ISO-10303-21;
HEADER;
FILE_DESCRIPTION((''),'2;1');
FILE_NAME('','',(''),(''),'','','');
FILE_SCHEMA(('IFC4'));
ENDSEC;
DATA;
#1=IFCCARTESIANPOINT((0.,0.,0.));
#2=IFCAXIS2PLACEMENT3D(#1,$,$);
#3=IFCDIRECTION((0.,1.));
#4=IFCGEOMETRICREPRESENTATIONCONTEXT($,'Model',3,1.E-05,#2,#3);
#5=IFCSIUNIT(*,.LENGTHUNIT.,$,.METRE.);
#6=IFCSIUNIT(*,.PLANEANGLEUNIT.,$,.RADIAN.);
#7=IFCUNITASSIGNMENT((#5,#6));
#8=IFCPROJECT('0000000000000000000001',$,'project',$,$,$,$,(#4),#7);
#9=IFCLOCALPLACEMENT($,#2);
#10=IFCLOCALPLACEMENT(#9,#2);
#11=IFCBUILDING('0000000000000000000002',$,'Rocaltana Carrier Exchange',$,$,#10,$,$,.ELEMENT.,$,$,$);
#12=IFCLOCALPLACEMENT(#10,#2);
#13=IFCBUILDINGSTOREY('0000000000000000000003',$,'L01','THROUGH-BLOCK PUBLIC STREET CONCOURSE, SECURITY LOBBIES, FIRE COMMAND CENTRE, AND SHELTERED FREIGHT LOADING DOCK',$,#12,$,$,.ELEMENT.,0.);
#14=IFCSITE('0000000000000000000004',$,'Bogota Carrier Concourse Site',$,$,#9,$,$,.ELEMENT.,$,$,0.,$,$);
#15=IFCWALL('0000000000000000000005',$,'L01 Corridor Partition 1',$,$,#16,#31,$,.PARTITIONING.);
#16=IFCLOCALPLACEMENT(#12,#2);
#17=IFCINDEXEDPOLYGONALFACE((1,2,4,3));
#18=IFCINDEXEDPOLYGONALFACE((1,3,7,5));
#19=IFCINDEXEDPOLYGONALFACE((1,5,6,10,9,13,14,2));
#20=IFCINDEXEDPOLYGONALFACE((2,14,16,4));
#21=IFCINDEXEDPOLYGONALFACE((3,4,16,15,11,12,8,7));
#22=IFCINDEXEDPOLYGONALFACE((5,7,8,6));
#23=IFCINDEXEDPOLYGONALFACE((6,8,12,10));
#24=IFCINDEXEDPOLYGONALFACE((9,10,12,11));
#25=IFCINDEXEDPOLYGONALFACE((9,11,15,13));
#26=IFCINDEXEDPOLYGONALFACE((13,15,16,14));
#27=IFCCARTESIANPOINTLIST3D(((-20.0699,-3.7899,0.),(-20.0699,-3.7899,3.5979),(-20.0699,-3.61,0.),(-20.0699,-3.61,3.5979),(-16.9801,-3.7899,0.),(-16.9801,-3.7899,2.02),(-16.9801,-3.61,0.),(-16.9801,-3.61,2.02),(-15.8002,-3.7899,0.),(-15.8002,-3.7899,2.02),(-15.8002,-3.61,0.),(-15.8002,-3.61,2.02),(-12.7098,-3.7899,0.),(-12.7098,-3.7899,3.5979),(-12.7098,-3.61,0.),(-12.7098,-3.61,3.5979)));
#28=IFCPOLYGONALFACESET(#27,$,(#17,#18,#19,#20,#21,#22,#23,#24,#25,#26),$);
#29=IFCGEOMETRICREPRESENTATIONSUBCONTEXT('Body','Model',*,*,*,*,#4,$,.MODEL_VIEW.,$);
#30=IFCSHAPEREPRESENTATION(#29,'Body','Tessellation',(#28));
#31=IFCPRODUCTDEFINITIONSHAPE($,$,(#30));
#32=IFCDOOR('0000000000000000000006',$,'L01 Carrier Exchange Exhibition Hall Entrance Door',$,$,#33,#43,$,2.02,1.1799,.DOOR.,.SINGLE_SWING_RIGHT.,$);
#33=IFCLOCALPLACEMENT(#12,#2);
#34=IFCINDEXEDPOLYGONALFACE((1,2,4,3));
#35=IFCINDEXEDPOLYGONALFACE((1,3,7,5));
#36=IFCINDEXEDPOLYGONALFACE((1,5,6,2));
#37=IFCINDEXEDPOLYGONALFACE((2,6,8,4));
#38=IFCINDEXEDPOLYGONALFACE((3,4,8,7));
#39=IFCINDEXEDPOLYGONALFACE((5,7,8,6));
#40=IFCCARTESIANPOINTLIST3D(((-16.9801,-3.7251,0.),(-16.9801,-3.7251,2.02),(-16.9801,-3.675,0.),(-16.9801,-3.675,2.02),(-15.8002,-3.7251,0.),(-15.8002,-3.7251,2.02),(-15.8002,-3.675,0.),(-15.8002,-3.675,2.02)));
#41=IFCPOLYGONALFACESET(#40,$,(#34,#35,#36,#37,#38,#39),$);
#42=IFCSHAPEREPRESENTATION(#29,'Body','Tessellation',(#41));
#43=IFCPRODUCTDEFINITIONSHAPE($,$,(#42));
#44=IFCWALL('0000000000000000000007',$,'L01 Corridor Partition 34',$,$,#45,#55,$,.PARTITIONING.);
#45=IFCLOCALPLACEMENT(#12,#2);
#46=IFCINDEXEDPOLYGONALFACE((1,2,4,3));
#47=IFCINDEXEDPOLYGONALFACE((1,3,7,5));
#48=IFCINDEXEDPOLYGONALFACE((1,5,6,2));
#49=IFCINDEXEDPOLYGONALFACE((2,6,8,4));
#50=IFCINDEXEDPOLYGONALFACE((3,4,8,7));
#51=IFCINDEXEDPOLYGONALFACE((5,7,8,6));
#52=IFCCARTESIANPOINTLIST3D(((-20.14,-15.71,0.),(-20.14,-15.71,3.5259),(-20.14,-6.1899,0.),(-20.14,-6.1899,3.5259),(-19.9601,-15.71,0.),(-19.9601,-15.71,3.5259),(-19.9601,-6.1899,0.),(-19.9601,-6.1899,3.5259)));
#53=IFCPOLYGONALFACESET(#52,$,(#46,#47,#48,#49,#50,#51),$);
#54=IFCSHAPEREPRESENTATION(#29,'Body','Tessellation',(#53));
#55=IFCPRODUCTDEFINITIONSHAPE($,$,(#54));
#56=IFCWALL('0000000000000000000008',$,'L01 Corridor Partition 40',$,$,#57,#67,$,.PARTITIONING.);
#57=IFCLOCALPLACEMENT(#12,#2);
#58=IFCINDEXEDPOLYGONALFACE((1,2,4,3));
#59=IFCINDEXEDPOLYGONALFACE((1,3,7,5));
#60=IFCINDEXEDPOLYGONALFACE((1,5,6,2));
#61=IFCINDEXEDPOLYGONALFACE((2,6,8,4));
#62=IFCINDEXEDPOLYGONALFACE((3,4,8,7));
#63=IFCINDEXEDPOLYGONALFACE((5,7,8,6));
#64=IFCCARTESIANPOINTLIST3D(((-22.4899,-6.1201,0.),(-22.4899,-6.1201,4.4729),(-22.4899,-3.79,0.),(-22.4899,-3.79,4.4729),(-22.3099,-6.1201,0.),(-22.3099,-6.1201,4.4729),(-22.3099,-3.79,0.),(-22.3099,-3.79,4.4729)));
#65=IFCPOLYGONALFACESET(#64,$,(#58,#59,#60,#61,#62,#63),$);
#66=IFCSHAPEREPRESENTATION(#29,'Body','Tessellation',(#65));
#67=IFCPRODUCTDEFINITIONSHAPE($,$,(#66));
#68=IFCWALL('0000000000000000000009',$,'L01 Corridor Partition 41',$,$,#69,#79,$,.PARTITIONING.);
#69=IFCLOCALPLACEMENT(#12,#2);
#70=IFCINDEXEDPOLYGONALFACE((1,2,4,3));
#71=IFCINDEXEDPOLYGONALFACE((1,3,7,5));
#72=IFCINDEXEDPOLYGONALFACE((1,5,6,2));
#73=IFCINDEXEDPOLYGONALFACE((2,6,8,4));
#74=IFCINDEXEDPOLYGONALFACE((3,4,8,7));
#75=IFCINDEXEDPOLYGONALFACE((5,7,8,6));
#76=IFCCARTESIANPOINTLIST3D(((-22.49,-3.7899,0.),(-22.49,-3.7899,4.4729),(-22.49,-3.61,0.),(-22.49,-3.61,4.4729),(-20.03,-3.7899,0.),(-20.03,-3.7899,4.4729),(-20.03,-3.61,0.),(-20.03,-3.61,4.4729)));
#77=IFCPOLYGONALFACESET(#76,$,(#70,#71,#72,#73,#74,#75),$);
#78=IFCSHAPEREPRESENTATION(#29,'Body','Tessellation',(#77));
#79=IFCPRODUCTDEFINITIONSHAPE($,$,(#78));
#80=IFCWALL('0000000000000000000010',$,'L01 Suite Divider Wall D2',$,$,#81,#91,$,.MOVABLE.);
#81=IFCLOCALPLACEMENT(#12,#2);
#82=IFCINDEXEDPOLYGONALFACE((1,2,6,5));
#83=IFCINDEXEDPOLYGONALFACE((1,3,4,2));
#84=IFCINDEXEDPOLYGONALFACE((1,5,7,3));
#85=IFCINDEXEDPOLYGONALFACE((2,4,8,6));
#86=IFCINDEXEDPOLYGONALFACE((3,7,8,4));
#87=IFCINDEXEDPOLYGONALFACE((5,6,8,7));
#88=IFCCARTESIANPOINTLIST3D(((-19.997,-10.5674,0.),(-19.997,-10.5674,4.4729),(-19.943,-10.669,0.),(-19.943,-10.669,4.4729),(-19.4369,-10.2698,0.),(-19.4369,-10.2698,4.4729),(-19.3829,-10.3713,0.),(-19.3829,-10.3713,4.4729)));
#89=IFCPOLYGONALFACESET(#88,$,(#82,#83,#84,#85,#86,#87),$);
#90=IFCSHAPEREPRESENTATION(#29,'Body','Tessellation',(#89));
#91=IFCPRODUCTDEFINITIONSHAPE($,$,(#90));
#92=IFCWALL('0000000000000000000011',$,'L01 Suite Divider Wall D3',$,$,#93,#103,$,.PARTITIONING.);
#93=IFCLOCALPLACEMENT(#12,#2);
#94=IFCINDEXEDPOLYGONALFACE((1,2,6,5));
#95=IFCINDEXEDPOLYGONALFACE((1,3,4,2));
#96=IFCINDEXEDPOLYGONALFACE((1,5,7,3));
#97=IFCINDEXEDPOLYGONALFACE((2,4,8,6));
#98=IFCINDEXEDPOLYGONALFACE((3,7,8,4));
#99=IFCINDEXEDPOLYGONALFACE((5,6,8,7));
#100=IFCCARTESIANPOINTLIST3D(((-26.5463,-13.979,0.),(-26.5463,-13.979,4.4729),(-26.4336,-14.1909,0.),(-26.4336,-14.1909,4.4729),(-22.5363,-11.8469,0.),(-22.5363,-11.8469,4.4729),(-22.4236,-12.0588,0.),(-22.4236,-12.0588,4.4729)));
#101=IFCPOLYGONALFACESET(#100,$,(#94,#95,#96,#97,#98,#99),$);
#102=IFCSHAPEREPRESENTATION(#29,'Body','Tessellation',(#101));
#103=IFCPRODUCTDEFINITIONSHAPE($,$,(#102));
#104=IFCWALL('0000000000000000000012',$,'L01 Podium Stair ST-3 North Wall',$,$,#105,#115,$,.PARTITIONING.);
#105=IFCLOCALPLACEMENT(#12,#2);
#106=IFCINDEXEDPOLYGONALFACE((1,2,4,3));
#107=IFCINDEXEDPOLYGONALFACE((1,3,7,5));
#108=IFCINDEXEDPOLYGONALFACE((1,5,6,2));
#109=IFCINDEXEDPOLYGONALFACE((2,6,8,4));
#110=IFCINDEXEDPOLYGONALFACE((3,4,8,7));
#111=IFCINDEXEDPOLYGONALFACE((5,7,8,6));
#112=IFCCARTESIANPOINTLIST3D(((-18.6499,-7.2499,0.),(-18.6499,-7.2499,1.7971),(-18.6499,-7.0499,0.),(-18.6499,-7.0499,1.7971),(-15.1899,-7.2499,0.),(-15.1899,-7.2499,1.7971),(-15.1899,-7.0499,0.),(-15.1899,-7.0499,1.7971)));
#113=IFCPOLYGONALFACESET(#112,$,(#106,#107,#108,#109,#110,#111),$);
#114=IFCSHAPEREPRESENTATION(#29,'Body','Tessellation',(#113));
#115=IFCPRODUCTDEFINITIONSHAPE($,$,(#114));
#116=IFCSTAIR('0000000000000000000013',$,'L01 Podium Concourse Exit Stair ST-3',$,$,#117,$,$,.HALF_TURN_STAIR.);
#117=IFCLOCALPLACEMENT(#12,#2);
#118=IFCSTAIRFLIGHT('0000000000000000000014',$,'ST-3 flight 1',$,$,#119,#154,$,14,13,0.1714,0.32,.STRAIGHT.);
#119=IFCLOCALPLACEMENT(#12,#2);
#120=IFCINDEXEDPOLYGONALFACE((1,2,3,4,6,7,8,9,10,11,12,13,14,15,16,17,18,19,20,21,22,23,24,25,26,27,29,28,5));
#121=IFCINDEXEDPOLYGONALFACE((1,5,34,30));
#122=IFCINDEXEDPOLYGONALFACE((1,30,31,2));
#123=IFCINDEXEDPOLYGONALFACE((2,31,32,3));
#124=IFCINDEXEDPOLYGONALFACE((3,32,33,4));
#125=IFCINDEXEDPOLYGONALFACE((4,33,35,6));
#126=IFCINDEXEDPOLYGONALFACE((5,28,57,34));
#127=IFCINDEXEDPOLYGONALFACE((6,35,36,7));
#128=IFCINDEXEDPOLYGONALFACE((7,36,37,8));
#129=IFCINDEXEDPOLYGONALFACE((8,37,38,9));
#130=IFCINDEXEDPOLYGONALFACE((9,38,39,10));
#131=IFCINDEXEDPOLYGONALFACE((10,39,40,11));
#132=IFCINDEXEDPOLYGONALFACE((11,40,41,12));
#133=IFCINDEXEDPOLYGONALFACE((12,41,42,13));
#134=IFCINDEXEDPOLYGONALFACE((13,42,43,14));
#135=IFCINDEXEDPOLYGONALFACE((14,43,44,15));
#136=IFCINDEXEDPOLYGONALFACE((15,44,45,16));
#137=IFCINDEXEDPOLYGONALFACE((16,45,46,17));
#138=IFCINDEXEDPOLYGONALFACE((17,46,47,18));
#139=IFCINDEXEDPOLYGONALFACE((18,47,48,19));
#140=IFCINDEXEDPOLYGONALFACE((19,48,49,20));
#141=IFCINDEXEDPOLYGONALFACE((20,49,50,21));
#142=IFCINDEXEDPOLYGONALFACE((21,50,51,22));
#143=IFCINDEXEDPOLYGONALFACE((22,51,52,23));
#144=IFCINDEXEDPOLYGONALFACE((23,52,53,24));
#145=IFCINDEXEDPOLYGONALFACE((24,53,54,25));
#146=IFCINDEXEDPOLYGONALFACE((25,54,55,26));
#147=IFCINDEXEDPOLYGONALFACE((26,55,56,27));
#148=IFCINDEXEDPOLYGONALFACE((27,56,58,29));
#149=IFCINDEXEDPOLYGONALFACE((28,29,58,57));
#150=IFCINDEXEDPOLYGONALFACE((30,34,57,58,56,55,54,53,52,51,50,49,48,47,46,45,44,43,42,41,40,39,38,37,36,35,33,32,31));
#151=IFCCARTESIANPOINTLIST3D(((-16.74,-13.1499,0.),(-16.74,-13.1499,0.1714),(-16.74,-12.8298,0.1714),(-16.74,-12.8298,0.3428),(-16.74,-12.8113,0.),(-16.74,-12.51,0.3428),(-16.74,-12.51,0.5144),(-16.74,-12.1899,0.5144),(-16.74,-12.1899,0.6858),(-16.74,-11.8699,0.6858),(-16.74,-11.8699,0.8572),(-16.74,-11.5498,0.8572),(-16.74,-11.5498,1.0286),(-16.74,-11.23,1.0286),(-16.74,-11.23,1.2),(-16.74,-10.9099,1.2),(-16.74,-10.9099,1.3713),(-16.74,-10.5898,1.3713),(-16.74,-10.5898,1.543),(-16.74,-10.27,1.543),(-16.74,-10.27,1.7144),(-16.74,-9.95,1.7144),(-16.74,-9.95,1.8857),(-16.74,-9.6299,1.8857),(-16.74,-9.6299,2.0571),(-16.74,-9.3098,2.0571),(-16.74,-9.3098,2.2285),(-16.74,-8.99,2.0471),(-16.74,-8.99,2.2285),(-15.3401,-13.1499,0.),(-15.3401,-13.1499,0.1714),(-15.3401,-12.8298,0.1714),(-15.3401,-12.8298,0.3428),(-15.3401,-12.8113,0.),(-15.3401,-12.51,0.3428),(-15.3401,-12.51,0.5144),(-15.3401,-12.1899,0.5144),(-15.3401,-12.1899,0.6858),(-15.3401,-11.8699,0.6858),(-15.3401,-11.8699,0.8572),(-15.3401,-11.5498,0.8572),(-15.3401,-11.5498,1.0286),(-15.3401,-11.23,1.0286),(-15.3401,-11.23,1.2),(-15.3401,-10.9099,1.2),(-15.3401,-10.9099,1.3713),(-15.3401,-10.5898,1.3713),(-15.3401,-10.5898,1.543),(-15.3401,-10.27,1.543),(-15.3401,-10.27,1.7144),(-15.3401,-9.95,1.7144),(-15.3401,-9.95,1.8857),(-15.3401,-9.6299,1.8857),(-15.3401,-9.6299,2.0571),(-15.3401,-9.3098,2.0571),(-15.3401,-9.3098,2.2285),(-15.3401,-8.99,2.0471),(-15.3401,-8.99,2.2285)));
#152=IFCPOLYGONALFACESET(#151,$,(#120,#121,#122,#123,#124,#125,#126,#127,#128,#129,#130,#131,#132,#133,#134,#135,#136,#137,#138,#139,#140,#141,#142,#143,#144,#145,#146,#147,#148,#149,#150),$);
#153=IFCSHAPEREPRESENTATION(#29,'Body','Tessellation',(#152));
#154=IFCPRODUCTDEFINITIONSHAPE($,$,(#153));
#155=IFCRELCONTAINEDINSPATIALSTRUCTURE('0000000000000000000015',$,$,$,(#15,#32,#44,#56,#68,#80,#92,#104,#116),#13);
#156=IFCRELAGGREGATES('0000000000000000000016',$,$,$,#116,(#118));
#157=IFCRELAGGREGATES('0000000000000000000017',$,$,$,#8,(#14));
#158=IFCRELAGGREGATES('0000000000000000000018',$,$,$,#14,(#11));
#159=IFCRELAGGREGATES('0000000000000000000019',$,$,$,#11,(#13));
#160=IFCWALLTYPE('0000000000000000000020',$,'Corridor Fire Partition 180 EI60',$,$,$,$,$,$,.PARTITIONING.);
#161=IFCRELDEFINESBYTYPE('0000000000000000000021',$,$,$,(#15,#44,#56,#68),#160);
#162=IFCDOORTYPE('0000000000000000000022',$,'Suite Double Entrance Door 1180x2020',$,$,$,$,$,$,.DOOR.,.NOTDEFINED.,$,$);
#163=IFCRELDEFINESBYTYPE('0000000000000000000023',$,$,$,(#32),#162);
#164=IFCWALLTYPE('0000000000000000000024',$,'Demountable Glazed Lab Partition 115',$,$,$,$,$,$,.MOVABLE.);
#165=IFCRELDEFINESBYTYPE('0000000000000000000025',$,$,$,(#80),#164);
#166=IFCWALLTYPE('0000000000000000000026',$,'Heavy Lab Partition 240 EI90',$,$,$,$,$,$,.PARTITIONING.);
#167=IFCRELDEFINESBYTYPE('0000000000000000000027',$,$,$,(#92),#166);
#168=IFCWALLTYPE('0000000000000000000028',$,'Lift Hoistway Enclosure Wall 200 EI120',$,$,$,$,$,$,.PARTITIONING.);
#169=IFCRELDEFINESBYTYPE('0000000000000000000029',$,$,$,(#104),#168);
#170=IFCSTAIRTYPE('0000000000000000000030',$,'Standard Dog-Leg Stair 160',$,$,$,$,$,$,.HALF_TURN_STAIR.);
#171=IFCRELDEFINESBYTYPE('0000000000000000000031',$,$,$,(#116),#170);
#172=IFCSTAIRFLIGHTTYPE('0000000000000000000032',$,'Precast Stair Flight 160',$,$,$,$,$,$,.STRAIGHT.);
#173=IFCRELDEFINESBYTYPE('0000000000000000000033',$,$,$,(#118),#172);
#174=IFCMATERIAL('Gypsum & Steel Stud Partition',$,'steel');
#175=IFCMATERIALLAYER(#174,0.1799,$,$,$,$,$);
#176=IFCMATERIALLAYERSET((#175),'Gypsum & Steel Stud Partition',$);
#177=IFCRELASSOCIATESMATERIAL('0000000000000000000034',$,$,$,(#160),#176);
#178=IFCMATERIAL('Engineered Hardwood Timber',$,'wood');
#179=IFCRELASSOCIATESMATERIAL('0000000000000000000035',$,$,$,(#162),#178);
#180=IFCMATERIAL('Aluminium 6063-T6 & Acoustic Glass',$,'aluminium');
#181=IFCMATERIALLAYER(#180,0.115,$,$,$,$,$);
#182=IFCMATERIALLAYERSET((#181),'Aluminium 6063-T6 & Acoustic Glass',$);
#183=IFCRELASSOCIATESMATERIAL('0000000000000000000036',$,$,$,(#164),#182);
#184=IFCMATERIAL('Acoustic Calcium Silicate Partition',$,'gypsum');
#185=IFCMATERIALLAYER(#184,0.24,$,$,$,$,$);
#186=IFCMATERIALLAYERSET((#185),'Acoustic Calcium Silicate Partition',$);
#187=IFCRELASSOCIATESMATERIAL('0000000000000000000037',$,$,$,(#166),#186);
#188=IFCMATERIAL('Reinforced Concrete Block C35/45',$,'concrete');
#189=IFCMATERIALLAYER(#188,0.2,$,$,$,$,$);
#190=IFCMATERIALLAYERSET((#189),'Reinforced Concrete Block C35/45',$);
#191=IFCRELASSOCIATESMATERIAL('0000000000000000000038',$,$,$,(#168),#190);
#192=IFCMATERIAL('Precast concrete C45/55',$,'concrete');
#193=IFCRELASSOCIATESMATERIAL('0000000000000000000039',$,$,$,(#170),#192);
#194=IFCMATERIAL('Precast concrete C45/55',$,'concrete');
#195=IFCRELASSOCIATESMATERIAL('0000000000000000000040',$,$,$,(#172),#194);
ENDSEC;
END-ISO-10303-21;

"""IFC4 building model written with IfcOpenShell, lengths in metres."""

from ifc_helpers import new_model, si_unit, direction, frame, frame_2d, origin, place, context, subcontext, project, spatial, polyline, rectangle, outline, extrude, material, layer, layer_set, type_object, element, fill, aggregate, save


model = new_model("IFC4")

# Units and contexts
model_context = context("Model", 3, precision=1e-05, world=origin(), true_north=direction((0.0, 1.0)))
body_context = subcontext(model_context, "Body", "Model", "MODEL_VIEW")
ifc_project = project(units=[si_unit("LENGTHUNIT", "METRE"), si_unit("PLANEANGLEUNIT", "RADIAN")], contexts=[model_context])

# Site, building, storey
site_placement = place(None, origin())
site = spatial("IfcSite", under=ifc_project, at=site_placement, Name="Bogota Carrier Concourse Site", CompositionType="ELEMENT", RefElevation=0.0)
building_placement = place(site_placement, origin())
building = spatial("IfcBuilding", under=site, at=building_placement, Name="Rocaltana Carrier Exchange", CompositionType="ELEMENT")
storey_placement = place(building_placement, origin())
storey = spatial("IfcBuildingStorey", under=building, at=storey_placement, Name="L01", Description="THROUGH-BLOCK PUBLIC STREET CONCOURSE, SECURITY LOBBIES, FIRE COMMAND CENTRE, AND SHELTERED FREIGHT LOADING DOCK", CompositionType="ELEMENT", Elevation=0.0)

# Wall, opening, door
ifc_material_1 = material(Name="Gypsum & Steel Stud Partition", Category="steel")
ifc_layer_1 = layer(ifc_material_1, 0.1799)
ifc_layer_set_1 = layer_set([ifc_layer_1], Name="Gypsum & Steel Stud Partition")
wall_type_1 = type_object("IfcWallType", Name="Corridor Fire Partition 180 EI60", PredefinedType="PARTITIONING", material=ifc_layer_set_1)
wall_1_placement = place(storey_placement, frame((-20.0701, -3.7, 0.0), z_axis=(0.0, 0.0, 1.0), x_axis=(1.0, 0.0, 0.0)))
wall_1 = element("IfcWall", 1, at=wall_1_placement, inside=storey, type_object=wall_type_1, Name="L01 Corridor Partition 1", PredefinedType="PARTITIONING", context=body_context, shape_type="SweptSolid", body=[
    extrude(rectangle(XDim=7.3601, YDim=0.1799, at=frame_2d((3.6802, 0.0))), origin(), (0.0, 0.0, 1.0), 3.5979),
])
opening_placement = place(wall_1_placement, frame((3.0901, 0.0, 0.0)))
opening = element("IfcOpeningElement", 2, at=opening_placement, cuts=wall_1, PredefinedType="OPENING", context=body_context, shape_type="SweptSolid", body=[
    extrude(rectangle(XDim=1.1799, YDim=2.02, at=frame_2d((0.5898, 1.01))), frame((0.0, 0.0999, 0.0), z_axis=(0.0, -1.0, 0.0), x_axis=(1.0, 0.0, 0.0)), (0.0, 0.0, 1.0), 0.2),
])
ifc_material_2 = material(Name="Engineered Hardwood Timber", Category="wood")
door_type = type_object("IfcDoorType", Name="Suite Double Entrance Door 1180x2020", OperationType="NOTDEFINED", PredefinedType="DOOR", material=ifc_material_2)
door_placement = place(opening_placement, origin())
door = element("IfcDoor", 3, at=door_placement, inside=storey, type_object=door_type, Name="L01 Carrier Exchange Exhibition Hall Entrance Door", OperationType="SINGLE_SWING_RIGHT", OverallHeight=2.02, OverallWidth=1.1799, PredefinedType="DOOR", context=body_context, shape_type="SweptSolid", body=[
    extrude(rectangle(XDim=1.1799, YDim=2.02, at=frame_2d((0.5898, 1.01))), frame((0.0, 0.0249, 0.0), z_axis=(0.0, -1.0, 0.0), x_axis=(1.0, 0.0, 0.0)), (0.0, 0.0, 1.0), 0.05),
])
fill(opening, door)

# Walls
wall_2_placement = place(storey_placement, frame((-20.05, -6.1899, 0.0), z_axis=(0.0, 0.0, 1.0), x_axis=(0.0, -1.0, 0.0)))
element("IfcWall", 4, at=wall_2_placement, inside=storey, type_object=wall_type_1, Name="L01 Corridor Partition 34", PredefinedType="PARTITIONING", context=body_context, shape_type="SweptSolid", body=[
    extrude(rectangle(XDim=9.52, YDim=0.1799, at=frame_2d((4.76, 0.0))), origin(), (0.0, 0.0, 1.0), 3.5259),
])
wall_3_placement = place(storey_placement, frame((-22.3999, -6.1201, 0.0), z_axis=(0.0, 0.0, 1.0), x_axis=(0.0, 1.0, 0.0)))
element("IfcWall", 5, at=wall_3_placement, inside=storey, type_object=wall_type_1, Name="L01 Corridor Partition 40", PredefinedType="PARTITIONING", context=body_context, shape_type="SweptSolid", body=[
    extrude(rectangle(XDim=2.3301, YDim=0.1799, at=frame_2d((1.165, 0.0))), origin(), (0.0, 0.0, 1.0), 4.4729),
])
wall_4_placement = place(storey_placement, frame((-22.49, -3.7, 0.0), z_axis=(0.0, 0.0, 1.0), x_axis=(1.0, 0.0, 0.0)))
element("IfcWall", 6, at=wall_4_placement, inside=storey, type_object=wall_type_1, Name="L01 Corridor Partition 41", PredefinedType="PARTITIONING", context=body_context, shape_type="SweptSolid", body=[
    extrude(rectangle(XDim=2.46, YDim=0.1799, at=frame_2d((1.23, 0.0))), origin(), (0.0, 0.0, 1.0), 4.4729),
])
ifc_material_3 = material(Name="Aluminium 6063-T6 & Acoustic Glass", Category="aluminium")
ifc_layer_2 = layer(ifc_material_3, 0.115)
ifc_layer_set_2 = layer_set([ifc_layer_2], Name="Aluminium 6063-T6 & Acoustic Glass")
wall_type_2 = type_object("IfcWallType", Name="Demountable Glazed Lab Partition 115", PredefinedType="MOVABLE", material=ifc_layer_set_2)
wall_5_placement = place(storey_placement, frame((-19.4099, -10.3206, 0.0), z_axis=(0.0, 0.0, 1.0), x_axis=(-0.883066, -0.469249, 0.0)))
element("IfcWall", 7, at=wall_5_placement, inside=storey, type_object=wall_type_2, Name="L01 Suite Divider Wall D2", PredefinedType="MOVABLE", context=body_context, shape_type="SweptSolid", body=[
    extrude(rectangle(XDim=0.6343, YDim=0.115, at=frame_2d((0.3171, 0.0))), origin(), (0.0, 0.0, 1.0), 4.4729),
])
ifc_material_4 = material(Name="Acoustic Calcium Silicate Partition", Category="gypsum")
ifc_layer_3 = layer(ifc_material_4, 0.24)
ifc_layer_set_3 = layer_set([ifc_layer_3], Name="Acoustic Calcium Silicate Partition")
wall_type_3 = type_object("IfcWallType", Name="Heavy Lab Partition 240 EI90", PredefinedType="PARTITIONING", material=ifc_layer_set_3)
wall_6_placement = place(storey_placement, frame((-22.48, -11.9529, 0.0), z_axis=(0.0, 0.0, 1.0), x_axis=(-0.882955, -0.469458, 0.0)))
element("IfcWall", 8, at=wall_6_placement, inside=storey, type_object=wall_type_3, Name="L01 Suite Divider Wall D3", PredefinedType="PARTITIONING", context=body_context, shape_type="SweptSolid", body=[
    extrude(rectangle(XDim=4.5415, YDim=0.24, at=frame_2d((2.2708, 0.0))), origin(), (0.0, 0.0, 1.0), 4.4729),
])
ifc_material_5 = material(Name="Reinforced Concrete Block C35/45", Category="concrete")
ifc_layer_4 = layer(ifc_material_5, 0.2)
ifc_layer_set_4 = layer_set([ifc_layer_4], Name="Reinforced Concrete Block C35/45")
wall_type_4 = type_object("IfcWallType", Name="Lift Hoistway Enclosure Wall 200 EI120", PredefinedType="PARTITIONING", material=ifc_layer_set_4)
wall_7_placement = place(storey_placement, frame((-18.6499, -7.1499, 0.0), z_axis=(0.0, 0.0, 1.0), x_axis=(1.0, 0.0, 0.0)))
element("IfcWall", 9, at=wall_7_placement, inside=storey, type_object=wall_type_4, Name="L01 Podium Stair ST-3 North Wall", PredefinedType="PARTITIONING", context=body_context, shape_type="SweptSolid", body=[
    extrude(rectangle(XDim=3.46, YDim=0.2, at=frame_2d((1.73, 0.0))), origin(), (0.0, 0.0, 1.0), 1.7971),
])

# Stair, stair flight
ifc_material_6 = material(Name="Precast concrete C45/55", Category="concrete")
stair_type = type_object("IfcStairType", Name="Standard Dog-Leg Stair 160", PredefinedType="HALF_TURN_STAIR", material=ifc_material_6)
stair_placement = place(storey_placement, origin())
stair = element("IfcStair", 10, at=stair_placement, inside=storey, type_object=stair_type, Name="L01 Podium Concourse Exit Stair ST-3", PredefinedType="HALF_TURN_STAIR")
ifc_material_7 = material(Name="Precast concrete C45/55", Category="concrete")
stair_flight_type = type_object("IfcStairFlightType", Name="Precast Stair Flight 160", PredefinedType="STRAIGHT", material=ifc_material_7)
stair_flight_1_placement = place(storey_placement, frame((-16.04, -13.1499, 0.0), z_axis=(0.0, 0.0, 1.0), x_axis=(0.0, 1.0, 0.0)))
stair_flight_1 = element("IfcStairFlight", 11, at=stair_flight_1_placement, type_object=stair_flight_type, Name="ST-3 flight 1", NumberOfRisers=14, NumberOfTreads=13, PredefinedType="STRAIGHT", RiserHeight=0.1714, TreadLength=0.32, context=body_context, shape_type="SweptSolid", body=[
    extrude(outline(polyline([(0.0, 0.0), (0.0, 0.1714), (0.3201, 0.1714), (0.3201, 0.3428), (0.6399, 0.3428), (0.6399, 0.5144), (0.96, 0.5144), (0.96, 0.6858), (1.28, 0.6858), (1.28, 0.8572), (1.6001, 0.8572), (1.6001, 1.0286), (1.9199, 1.0286), (1.9199, 1.2), (2.24, 1.2), (2.24, 1.3713), (2.5601, 1.3713), (2.5601, 1.543), (2.8799, 1.543), (2.8799, 1.7144), (3.2, 1.7144), (3.2, 1.8857), (3.52, 1.8857), (3.52, 2.0571), (3.8401, 2.0571), (3.8401, 2.2285), (4.1599, 2.2285), (4.1599, 2.3999), (4.1599, 2.0471), (0.3386, 0.0), (0.0, 0.0)])), frame((0.0, 0.7, 0.0), z_axis=(0.0, -1.0, 0.0), x_axis=(1.0, 0.0, 0.0)), (0.0, 0.0, 1.0), 1.3999),
])
aggregate(stair, [stair_flight_1])

save(model, "model.ifc")
